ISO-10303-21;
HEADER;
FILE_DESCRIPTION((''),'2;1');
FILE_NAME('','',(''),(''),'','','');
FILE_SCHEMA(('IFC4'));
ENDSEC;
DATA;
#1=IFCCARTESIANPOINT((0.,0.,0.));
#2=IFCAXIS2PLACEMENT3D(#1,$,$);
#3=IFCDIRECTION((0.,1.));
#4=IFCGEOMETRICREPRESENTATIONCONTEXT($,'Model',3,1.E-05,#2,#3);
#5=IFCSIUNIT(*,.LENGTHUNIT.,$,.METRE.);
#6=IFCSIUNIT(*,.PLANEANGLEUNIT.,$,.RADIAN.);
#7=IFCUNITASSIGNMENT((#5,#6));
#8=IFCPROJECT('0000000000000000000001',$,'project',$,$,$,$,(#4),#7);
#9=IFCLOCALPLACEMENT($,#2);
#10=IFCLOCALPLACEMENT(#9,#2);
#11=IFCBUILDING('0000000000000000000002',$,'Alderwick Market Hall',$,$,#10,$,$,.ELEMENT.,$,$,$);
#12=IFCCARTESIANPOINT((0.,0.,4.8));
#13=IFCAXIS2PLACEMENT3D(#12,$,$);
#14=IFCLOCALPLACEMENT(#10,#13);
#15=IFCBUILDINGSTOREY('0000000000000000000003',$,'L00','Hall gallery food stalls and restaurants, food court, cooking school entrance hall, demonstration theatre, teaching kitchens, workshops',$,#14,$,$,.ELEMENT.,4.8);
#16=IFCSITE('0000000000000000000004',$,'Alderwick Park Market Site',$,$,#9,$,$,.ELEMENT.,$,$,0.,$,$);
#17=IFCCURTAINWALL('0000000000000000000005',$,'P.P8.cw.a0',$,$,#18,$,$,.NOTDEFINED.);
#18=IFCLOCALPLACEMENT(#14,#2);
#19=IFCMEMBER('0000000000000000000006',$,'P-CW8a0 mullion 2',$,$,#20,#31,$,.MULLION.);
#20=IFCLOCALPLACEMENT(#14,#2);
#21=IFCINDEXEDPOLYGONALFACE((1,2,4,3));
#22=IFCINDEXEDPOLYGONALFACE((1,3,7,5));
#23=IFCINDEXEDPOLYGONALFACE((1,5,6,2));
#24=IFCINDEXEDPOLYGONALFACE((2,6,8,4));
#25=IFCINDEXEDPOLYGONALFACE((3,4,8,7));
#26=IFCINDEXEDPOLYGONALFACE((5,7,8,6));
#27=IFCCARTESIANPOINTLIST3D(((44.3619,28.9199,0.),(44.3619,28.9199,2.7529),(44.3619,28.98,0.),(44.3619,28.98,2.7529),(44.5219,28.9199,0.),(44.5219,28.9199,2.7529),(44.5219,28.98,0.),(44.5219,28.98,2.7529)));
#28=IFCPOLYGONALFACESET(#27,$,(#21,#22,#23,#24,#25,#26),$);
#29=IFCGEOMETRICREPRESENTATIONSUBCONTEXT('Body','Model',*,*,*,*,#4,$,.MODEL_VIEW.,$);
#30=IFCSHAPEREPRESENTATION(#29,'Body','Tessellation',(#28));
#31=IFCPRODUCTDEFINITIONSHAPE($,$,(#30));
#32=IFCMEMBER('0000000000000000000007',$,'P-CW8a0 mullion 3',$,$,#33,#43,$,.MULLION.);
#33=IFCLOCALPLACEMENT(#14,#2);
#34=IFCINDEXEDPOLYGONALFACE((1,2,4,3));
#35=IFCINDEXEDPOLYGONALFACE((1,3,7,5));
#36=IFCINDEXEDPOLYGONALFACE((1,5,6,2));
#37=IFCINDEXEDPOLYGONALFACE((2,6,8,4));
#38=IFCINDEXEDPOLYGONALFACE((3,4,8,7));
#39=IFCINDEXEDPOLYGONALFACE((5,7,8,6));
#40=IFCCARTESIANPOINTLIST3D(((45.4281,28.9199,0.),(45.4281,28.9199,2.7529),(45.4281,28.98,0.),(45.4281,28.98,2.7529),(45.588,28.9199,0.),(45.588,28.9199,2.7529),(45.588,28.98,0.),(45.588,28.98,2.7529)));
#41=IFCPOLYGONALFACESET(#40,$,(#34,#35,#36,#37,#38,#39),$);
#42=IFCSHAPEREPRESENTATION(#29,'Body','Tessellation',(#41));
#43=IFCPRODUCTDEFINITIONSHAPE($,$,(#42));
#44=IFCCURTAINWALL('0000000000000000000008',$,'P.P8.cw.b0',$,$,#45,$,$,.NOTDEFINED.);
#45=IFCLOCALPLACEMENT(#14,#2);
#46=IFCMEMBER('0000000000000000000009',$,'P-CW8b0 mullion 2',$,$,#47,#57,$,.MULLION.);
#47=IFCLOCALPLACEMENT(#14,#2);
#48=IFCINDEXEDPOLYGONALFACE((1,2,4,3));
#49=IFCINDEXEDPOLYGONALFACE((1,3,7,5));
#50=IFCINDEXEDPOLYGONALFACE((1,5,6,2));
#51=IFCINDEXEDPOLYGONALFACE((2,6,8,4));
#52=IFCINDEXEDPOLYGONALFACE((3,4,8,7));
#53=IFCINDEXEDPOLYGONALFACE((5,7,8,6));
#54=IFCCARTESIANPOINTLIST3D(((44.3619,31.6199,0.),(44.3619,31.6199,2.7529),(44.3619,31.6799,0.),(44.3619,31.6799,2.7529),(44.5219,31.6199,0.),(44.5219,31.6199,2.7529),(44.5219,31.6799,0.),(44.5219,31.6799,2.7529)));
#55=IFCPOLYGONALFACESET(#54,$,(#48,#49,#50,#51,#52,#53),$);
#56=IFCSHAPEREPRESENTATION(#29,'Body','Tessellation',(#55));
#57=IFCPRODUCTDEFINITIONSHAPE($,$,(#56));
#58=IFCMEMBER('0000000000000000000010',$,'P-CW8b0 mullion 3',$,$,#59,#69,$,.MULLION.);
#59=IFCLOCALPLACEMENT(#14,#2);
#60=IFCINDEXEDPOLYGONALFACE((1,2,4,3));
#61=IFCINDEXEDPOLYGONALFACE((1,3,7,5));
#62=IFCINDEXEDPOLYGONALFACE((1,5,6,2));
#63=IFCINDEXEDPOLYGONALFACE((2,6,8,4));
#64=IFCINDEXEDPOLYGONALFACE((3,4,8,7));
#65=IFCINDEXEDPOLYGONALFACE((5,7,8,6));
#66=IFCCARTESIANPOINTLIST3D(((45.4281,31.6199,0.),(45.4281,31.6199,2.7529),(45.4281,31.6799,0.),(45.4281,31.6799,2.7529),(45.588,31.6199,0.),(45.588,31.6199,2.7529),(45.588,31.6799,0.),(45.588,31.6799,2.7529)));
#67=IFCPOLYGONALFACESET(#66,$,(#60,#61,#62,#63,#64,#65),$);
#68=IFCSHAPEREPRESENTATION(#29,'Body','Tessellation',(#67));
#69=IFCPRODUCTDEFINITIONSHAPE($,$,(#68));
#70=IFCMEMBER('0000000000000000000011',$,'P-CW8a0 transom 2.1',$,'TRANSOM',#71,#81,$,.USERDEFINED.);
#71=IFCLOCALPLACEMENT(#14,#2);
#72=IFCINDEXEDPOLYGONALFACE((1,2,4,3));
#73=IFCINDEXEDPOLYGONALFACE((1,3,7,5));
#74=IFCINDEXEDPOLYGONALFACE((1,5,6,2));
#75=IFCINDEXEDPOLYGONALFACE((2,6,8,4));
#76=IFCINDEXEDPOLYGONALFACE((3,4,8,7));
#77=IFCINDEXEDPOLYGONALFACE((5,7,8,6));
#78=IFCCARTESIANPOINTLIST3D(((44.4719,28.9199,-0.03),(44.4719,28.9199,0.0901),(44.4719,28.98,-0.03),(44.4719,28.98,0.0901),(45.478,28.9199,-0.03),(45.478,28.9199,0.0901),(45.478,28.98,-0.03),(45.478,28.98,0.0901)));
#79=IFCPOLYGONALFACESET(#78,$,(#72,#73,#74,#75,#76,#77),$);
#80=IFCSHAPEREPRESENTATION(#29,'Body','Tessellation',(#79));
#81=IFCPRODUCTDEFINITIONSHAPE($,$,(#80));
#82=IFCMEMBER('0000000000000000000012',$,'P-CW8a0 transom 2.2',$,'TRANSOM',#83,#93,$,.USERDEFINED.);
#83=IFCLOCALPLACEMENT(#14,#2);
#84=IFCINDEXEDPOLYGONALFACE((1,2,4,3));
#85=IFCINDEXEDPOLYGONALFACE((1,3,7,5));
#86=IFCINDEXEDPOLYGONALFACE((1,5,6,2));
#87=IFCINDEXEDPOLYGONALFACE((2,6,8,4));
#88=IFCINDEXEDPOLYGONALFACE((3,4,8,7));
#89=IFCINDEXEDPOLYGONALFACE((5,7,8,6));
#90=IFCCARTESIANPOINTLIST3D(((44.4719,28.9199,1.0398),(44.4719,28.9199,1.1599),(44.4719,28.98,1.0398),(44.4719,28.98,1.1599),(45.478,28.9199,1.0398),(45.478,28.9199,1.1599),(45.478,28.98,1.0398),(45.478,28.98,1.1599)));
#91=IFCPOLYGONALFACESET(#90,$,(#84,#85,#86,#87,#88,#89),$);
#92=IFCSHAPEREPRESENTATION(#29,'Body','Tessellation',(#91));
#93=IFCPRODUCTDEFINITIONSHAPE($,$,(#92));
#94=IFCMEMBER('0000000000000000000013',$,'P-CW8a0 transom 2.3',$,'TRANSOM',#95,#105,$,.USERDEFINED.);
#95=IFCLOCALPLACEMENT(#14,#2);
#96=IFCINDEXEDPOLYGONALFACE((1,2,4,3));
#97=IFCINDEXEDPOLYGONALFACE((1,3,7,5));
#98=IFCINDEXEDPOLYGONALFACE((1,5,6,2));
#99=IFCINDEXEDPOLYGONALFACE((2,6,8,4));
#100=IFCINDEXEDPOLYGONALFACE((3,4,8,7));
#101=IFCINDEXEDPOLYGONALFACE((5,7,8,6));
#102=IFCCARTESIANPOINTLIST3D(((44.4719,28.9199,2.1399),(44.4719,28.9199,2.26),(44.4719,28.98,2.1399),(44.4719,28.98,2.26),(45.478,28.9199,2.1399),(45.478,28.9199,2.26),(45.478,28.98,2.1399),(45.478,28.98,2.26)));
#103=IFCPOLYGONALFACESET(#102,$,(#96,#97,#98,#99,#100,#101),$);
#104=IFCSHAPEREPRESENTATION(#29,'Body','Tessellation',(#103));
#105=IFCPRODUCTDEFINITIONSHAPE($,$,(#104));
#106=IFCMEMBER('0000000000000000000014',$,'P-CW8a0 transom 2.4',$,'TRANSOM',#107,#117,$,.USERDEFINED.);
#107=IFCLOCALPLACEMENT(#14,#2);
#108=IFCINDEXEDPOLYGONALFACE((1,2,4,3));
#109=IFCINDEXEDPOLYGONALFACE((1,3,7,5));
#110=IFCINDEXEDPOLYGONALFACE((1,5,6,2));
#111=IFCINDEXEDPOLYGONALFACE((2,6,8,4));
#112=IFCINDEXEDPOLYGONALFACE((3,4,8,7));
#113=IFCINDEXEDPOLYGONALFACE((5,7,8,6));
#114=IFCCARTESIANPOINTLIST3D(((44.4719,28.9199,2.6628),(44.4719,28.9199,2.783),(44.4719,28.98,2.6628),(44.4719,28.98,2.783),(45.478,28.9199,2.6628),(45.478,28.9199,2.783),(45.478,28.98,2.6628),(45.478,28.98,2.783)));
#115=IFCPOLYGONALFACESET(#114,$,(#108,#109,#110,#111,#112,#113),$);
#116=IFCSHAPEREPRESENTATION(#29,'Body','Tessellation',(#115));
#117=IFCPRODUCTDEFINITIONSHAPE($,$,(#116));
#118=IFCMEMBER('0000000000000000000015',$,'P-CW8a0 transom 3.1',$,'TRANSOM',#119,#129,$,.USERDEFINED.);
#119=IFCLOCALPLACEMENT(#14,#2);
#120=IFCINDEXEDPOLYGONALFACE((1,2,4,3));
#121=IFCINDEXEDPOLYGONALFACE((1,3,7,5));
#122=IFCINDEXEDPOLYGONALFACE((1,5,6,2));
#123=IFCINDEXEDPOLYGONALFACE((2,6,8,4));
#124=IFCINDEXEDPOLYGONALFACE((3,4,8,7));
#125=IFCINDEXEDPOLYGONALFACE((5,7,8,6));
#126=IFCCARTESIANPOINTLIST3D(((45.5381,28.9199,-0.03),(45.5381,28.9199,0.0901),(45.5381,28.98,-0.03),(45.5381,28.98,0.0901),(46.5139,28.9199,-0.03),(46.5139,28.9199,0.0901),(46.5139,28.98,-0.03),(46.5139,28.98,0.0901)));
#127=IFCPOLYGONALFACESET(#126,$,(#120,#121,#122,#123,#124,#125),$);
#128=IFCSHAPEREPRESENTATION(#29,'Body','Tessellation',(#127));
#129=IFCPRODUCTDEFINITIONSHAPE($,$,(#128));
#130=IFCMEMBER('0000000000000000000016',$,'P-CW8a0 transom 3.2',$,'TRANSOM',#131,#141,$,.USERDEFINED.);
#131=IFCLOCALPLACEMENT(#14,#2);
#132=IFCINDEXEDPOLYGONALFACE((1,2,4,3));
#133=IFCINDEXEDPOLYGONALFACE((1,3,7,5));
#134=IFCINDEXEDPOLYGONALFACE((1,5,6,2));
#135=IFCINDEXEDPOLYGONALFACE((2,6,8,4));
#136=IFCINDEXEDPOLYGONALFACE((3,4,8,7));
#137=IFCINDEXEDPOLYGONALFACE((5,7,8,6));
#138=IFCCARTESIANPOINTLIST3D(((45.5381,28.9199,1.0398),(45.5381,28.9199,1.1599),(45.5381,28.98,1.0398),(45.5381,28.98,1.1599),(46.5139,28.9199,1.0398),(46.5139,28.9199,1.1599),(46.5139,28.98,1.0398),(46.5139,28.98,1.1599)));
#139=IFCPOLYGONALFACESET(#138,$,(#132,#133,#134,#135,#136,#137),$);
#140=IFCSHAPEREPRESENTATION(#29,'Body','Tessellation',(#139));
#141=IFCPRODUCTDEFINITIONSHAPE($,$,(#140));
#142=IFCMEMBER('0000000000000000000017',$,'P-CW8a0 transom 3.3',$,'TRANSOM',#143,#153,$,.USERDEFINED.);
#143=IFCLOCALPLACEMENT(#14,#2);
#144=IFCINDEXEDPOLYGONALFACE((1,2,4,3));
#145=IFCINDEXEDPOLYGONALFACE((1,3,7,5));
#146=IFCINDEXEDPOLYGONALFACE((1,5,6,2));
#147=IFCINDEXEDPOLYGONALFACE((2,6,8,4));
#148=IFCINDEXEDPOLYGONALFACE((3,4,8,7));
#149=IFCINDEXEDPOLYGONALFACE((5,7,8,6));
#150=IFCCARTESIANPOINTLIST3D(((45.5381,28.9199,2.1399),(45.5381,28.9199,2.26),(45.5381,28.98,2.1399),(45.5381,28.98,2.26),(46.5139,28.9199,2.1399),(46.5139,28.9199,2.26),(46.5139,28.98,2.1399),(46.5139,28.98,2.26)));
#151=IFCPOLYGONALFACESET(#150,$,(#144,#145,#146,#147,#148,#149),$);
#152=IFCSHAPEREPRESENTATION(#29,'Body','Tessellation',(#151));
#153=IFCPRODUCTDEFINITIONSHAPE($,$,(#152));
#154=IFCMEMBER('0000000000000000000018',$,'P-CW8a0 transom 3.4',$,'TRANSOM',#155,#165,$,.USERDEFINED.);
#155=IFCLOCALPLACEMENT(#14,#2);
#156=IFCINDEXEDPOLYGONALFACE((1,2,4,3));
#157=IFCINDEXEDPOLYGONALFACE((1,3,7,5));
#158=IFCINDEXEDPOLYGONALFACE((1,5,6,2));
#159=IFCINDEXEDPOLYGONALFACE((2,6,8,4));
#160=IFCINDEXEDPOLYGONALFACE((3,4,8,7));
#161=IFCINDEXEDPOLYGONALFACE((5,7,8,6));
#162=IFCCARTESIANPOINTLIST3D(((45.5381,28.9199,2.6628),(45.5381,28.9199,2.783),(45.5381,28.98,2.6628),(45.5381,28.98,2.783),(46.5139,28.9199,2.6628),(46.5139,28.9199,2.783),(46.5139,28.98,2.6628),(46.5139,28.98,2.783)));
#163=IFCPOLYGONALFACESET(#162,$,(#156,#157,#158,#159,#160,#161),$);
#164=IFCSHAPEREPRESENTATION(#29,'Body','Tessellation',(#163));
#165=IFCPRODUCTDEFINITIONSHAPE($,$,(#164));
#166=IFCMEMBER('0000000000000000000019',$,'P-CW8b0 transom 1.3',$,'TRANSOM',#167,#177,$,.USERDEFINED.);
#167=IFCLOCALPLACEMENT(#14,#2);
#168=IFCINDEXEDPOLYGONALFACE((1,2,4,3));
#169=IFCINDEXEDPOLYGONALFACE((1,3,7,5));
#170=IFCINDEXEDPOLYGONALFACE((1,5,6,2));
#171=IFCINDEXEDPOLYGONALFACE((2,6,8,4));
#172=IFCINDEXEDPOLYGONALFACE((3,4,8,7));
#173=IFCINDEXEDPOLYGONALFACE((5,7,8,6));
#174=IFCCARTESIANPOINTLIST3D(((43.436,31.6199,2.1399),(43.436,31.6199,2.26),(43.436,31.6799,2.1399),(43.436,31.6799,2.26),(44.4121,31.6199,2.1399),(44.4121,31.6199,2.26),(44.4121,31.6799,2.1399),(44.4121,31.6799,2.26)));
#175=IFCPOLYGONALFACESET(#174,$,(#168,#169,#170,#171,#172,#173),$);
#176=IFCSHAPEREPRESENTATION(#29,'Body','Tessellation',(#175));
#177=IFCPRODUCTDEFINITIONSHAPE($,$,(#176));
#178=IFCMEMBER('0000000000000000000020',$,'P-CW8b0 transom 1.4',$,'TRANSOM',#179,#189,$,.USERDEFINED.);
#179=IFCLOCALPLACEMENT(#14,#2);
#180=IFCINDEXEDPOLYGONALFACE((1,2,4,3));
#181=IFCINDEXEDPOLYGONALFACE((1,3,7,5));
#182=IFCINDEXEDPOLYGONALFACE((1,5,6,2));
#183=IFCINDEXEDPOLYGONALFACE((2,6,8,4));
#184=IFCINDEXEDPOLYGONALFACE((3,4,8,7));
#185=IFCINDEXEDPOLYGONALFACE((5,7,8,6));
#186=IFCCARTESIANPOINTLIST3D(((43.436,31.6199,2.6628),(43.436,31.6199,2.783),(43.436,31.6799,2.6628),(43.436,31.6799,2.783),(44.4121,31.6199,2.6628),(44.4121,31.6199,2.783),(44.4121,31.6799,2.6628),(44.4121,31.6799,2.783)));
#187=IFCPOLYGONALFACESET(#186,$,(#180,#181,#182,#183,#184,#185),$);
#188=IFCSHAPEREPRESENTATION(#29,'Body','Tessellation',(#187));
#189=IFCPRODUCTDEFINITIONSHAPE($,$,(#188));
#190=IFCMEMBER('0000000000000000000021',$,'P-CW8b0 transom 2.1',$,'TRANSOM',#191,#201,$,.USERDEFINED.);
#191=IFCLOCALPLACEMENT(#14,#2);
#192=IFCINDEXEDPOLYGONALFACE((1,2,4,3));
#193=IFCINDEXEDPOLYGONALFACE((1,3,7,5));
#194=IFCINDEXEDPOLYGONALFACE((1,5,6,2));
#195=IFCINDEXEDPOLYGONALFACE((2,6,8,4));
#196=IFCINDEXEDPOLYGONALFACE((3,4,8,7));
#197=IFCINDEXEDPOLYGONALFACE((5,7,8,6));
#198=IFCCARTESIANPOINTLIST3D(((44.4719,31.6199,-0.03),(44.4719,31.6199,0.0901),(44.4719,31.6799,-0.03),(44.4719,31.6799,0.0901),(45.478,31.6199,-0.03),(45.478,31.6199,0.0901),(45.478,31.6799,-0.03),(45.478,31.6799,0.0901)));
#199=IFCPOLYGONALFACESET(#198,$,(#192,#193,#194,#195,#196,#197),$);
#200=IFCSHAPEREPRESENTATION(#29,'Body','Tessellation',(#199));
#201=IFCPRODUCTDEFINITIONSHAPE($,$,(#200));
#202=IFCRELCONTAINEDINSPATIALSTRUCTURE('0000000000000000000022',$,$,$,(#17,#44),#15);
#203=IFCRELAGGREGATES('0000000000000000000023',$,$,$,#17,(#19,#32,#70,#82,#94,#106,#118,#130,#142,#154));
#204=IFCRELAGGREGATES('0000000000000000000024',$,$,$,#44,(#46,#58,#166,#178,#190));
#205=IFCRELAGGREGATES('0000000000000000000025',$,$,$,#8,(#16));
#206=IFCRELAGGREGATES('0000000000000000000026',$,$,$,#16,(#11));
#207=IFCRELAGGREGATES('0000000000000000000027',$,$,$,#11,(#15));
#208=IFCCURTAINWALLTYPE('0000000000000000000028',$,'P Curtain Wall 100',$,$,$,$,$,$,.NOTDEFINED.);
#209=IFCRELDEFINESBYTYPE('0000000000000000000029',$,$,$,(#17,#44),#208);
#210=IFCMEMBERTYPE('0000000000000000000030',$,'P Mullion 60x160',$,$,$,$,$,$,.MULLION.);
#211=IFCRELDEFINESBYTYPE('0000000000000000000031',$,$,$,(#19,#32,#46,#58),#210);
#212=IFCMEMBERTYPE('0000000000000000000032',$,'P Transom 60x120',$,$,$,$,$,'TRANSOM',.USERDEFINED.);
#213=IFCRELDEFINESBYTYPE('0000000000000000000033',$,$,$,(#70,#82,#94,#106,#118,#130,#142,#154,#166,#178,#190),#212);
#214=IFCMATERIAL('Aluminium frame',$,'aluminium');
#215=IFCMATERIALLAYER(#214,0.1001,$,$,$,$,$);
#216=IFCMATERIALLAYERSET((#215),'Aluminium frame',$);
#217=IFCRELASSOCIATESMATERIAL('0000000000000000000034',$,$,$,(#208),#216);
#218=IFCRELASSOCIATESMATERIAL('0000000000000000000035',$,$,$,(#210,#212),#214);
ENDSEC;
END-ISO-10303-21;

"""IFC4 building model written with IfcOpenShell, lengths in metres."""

from ifc_helpers import new_model, si_unit, direction, frame, origin, origin_2d, place, context, subcontext, project, spatial, rectangle, extrude, material, layer, layer_set, material_profile, profile_set, type_object, element, aggregate, save


model = new_model("IFC4")

# Units and contexts
model_context = context("Model", 3, precision=1e-05, world=origin(), true_north=direction((0.0, 1.0)))
body_context = subcontext(model_context, "Body", "Model", "MODEL_VIEW")
ifc_project = project(units=[si_unit("LENGTHUNIT", "METRE"), si_unit("PLANEANGLEUNIT", "RADIAN")], contexts=[model_context])

# Site, building, storey
site_placement = place(None, origin())
site = spatial("IfcSite", under=ifc_project, at=site_placement, Name="Alderwick Park Market Site", CompositionType="ELEMENT", RefElevation=0.0)
building_placement = place(site_placement, origin())
building = spatial("IfcBuilding", under=site, at=building_placement, Name="Alderwick Market Hall", CompositionType="ELEMENT")
storey_placement = place(building_placement, frame((0.0, 0.0, 4.8)))
storey = spatial("IfcBuildingStorey", under=building, at=storey_placement, Name="L00", Description="Hall gallery food stalls and restaurants, food court, cooking school entrance hall, demonstration theatre, teaching kitchens, workshops", CompositionType="ELEMENT", Elevation=4.8)

# Curtain walls, members
ifc_material_1 = material(Name="Aluminium frame", Category="aluminium")
ifc_layer_1 = layer(ifc_material_1, 0.1001)
ifc_layer_set_1 = layer_set([ifc_layer_1], Name="Aluminium frame")
curtain_wall_type = type_object("IfcCurtainWallType", Name="P Curtain Wall 100", PredefinedType="NOTDEFINED", material=ifc_layer_set_1)
curtain_wall_1_placement = place(storey_placement, origin())
curtain_wall_1 = element("IfcCurtainWall", 1, at=curtain_wall_1_placement, inside=storey, type_object=curtain_wall_type, Name="P.P8.cw.a0", PredefinedType="NOTDEFINED")
ifc_material_profile_1 = material_profile(ifc_material_1, rectangle(XDim=0.0601, YDim=0.1599, at=origin_2d()), Name="P Mullion 60x160")
ifc_profile_set_1 = profile_set([ifc_material_profile_1], Name="Aluminium frame")
member_type_1 = type_object("IfcMemberType", Name="P Mullion 60x160", PredefinedType="MULLION", material=ifc_profile_set_1)
member_1_placement = place(storey_placement, frame((44.4419, 28.95, 0.0), z_axis=(0.0, 0.0, 1.0), x_axis=(0.0, 1.0, 0.0)))
member_1 = element("IfcMember", 2, at=member_1_placement, type_object=member_type_1, Name="P-CW8a0 mullion 2", PredefinedType="MULLION", context=body_context, shape_type="SweptSolid", body=[
    extrude(rectangle(XDim=0.0601, YDim=0.1599, at=origin_2d()), origin(), (0.0, 0.0, 1.0), 2.7529),
])
member_2_placement = place(storey_placement, frame((45.5081, 28.95, 0.0), z_axis=(0.0, 0.0, 1.0), x_axis=(0.0, 1.0, 0.0)))
member_2 = element("IfcMember", 3, at=member_2_placement, type_object=member_type_1, Name="P-CW8a0 mullion 3", PredefinedType="MULLION", context=body_context, shape_type="SweptSolid", body=[
    extrude(rectangle(XDim=0.0601, YDim=0.1599, at=origin_2d()), origin(), (0.0, 0.0, 1.0), 2.7529),
])
curtain_wall_2_placement = place(storey_placement, origin())
curtain_wall_2 = element("IfcCurtainWall", 4, at=curtain_wall_2_placement, inside=storey, type_object=curtain_wall_type, Name="P.P8.cw.b0", PredefinedType="NOTDEFINED")
member_3_placement = place(storey_placement, frame((44.4419, 31.6499, 0.0), z_axis=(0.0, 0.0, 1.0), x_axis=(0.0, 1.0, 0.0)))
member_3 = element("IfcMember", 5, at=member_3_placement, type_object=member_type_1, Name="P-CW8b0 mullion 2", PredefinedType="MULLION", context=body_context, shape_type="SweptSolid", body=[
    extrude(rectangle(XDim=0.0601, YDim=0.1599, at=origin_2d()), origin(), (0.0, 0.0, 1.0), 2.7529),
])
member_4_placement = place(storey_placement, frame((45.5081, 31.6499, 0.0), z_axis=(0.0, 0.0, 1.0), x_axis=(0.0, 1.0, 0.0)))
member_4 = element("IfcMember", 6, at=member_4_placement, type_object=member_type_1, Name="P-CW8b0 mullion 3", PredefinedType="MULLION", context=body_context, shape_type="SweptSolid", body=[
    extrude(rectangle(XDim=0.0601, YDim=0.1599, at=origin_2d()), origin(), (0.0, 0.0, 1.0), 2.7529),
])

# Members
ifc_material_profile_2 = material_profile(ifc_material_1, rectangle(XDim=0.0601, YDim=0.1201, at=origin_2d()), Name="P Transom 60x120")
ifc_profile_set_2 = profile_set([ifc_material_profile_2], Name="Aluminium frame")
member_type_2 = type_object("IfcMemberType", Name="P Transom 60x120", ElementType="TRANSOM", PredefinedType="USERDEFINED", material=ifc_profile_set_2)
member_5_placement = place(storey_placement, frame((44.4719, 28.95, 0.03), z_axis=(1.0, 0.0, 0.0), x_axis=(0.0, 1.0, 0.0)))
member_5 = element("IfcMember", 7, at=member_5_placement, type_object=member_type_2, Name="P-CW8a0 transom 2.1", ObjectType="TRANSOM", PredefinedType="USERDEFINED", context=body_context, shape_type="SweptSolid", body=[
    extrude(rectangle(XDim=0.0601, YDim=0.1201, at=origin_2d()), origin(), (0.0, 0.0, 1.0), 1.0061),
])
member_6_placement = place(storey_placement, frame((44.4719, 28.95, 1.0999), z_axis=(1.0, 0.0, 0.0), x_axis=(0.0, 1.0, 0.0)))
member_6 = element("IfcMember", 8, at=member_6_placement, type_object=member_type_2, Name="P-CW8a0 transom 2.2", ObjectType="TRANSOM", PredefinedType="USERDEFINED", context=body_context, shape_type="SweptSolid", body=[
    extrude(rectangle(XDim=0.0601, YDim=0.1201, at=origin_2d()), origin(), (0.0, 0.0, 1.0), 1.0061),
])
member_7_placement = place(storey_placement, frame((44.4719, 28.95, 2.2), z_axis=(1.0, 0.0, 0.0), x_axis=(0.0, 1.0, 0.0)))
member_7 = element("IfcMember", 9, at=member_7_placement, type_object=member_type_2, Name="P-CW8a0 transom 2.3", ObjectType="TRANSOM", PredefinedType="USERDEFINED", context=body_context, shape_type="SweptSolid", body=[
    extrude(rectangle(XDim=0.0601, YDim=0.1201, at=origin_2d()), origin(), (0.0, 0.0, 1.0), 1.0061),
])
member_8_placement = place(storey_placement, frame((44.4719, 28.95, 2.7229), z_axis=(1.0, 0.0, 0.0), x_axis=(0.0, 1.0, 0.0)))
member_8 = element("IfcMember", 10, at=member_8_placement, type_object=member_type_2, Name="P-CW8a0 transom 2.4", ObjectType="TRANSOM", PredefinedType="USERDEFINED", context=body_context, shape_type="SweptSolid", body=[
    extrude(rectangle(XDim=0.0601, YDim=0.1201, at=origin_2d()), origin(), (0.0, 0.0, 1.0), 1.0061),
])
member_9_placement = place(storey_placement, frame((45.5381, 28.95, 0.03), z_axis=(1.0, 0.0, 0.0), x_axis=(0.0, 1.0, 0.0)))
member_9 = element("IfcMember", 11, at=member_9_placement, type_object=member_type_2, Name="P-CW8a0 transom 3.1", ObjectType="TRANSOM", PredefinedType="USERDEFINED", context=body_context, shape_type="SweptSolid", body=[
    extrude(rectangle(XDim=0.0601, YDim=0.1201, at=origin_2d()), origin(), (0.0, 0.0, 1.0), 0.9758),
])
member_10_placement = place(storey_placement, frame((45.5381, 28.95, 1.0999), z_axis=(1.0, 0.0, 0.0), x_axis=(0.0, 1.0, 0.0)))
member_10 = element("IfcMember", 12, at=member_10_placement, type_object=member_type_2, Name="P-CW8a0 transom 3.2", ObjectType="TRANSOM", PredefinedType="USERDEFINED", context=body_context, shape_type="SweptSolid", body=[
    extrude(rectangle(XDim=0.0601, YDim=0.1201, at=origin_2d()), origin(), (0.0, 0.0, 1.0), 0.9758),
])
member_11_placement = place(storey_placement, frame((45.5381, 28.95, 2.2), z_axis=(1.0, 0.0, 0.0), x_axis=(0.0, 1.0, 0.0)))
member_11 = element("IfcMember", 13, at=member_11_placement, type_object=member_type_2, Name="P-CW8a0 transom 3.3", ObjectType="TRANSOM", PredefinedType="USERDEFINED", context=body_context, shape_type="SweptSolid", body=[
    extrude(rectangle(XDim=0.0601, YDim=0.1201, at=origin_2d()), origin(), (0.0, 0.0, 1.0), 0.9758),
])
member_12_placement = place(storey_placement, frame((45.5381, 28.95, 2.7229), z_axis=(1.0, 0.0, 0.0), x_axis=(0.0, 1.0, 0.0)))
member_12 = element("IfcMember", 14, at=member_12_placement, type_object=member_type_2, Name="P-CW8a0 transom 3.4", ObjectType="TRANSOM", PredefinedType="USERDEFINED", context=body_context, shape_type="SweptSolid", body=[
    extrude(rectangle(XDim=0.0601, YDim=0.1201, at=origin_2d()), origin(), (0.0, 0.0, 1.0), 0.9758),
])
member_13_placement = place(storey_placement, frame((43.436, 31.6499, 2.2), z_axis=(1.0, 0.0, 0.0), x_axis=(0.0, 1.0, 0.0)))
member_13 = element("IfcMember", 15, at=member_13_placement, type_object=member_type_2, Name="P-CW8b0 transom 1.3", ObjectType="TRANSOM", PredefinedType="USERDEFINED", context=body_context, shape_type="SweptSolid", body=[
    extrude(rectangle(XDim=0.0601, YDim=0.1201, at=origin_2d()), origin(), (0.0, 0.0, 1.0), 0.9761),
])
member_14_placement = place(storey_placement, frame((43.436, 31.6499, 2.7229), z_axis=(1.0, 0.0, 0.0), x_axis=(0.0, 1.0, 0.0)))
member_14 = element("IfcMember", 16, at=member_14_placement, type_object=member_type_2, Name="P-CW8b0 transom 1.4", ObjectType="TRANSOM", PredefinedType="USERDEFINED", context=body_context, shape_type="SweptSolid", body=[
    extrude(rectangle(XDim=0.0601, YDim=0.1201, at=origin_2d()), origin(), (0.0, 0.0, 1.0), 0.9761),
])
member_15_placement = place(storey_placement, frame((44.4719, 31.6499, 0.03), z_axis=(1.0, 0.0, 0.0), x_axis=(0.0, 1.0, 0.0)))
member_15 = element("IfcMember", 17, at=member_15_placement, type_object=member_type_2, Name="P-CW8b0 transom 2.1", ObjectType="TRANSOM", PredefinedType="USERDEFINED", context=body_context, shape_type="SweptSolid", body=[
    extrude(rectangle(XDim=0.0601, YDim=0.1201, at=origin_2d()), origin(), (0.0, 0.0, 1.0), 1.0061),
])

aggregate(curtain_wall_1, [member_1, member_2, member_5, member_6, member_7, member_8, member_9, member_10, member_11, member_12])
aggregate(curtain_wall_2, [member_3, member_4, member_13, member_14, member_15])

save(model, "model.ifc")
